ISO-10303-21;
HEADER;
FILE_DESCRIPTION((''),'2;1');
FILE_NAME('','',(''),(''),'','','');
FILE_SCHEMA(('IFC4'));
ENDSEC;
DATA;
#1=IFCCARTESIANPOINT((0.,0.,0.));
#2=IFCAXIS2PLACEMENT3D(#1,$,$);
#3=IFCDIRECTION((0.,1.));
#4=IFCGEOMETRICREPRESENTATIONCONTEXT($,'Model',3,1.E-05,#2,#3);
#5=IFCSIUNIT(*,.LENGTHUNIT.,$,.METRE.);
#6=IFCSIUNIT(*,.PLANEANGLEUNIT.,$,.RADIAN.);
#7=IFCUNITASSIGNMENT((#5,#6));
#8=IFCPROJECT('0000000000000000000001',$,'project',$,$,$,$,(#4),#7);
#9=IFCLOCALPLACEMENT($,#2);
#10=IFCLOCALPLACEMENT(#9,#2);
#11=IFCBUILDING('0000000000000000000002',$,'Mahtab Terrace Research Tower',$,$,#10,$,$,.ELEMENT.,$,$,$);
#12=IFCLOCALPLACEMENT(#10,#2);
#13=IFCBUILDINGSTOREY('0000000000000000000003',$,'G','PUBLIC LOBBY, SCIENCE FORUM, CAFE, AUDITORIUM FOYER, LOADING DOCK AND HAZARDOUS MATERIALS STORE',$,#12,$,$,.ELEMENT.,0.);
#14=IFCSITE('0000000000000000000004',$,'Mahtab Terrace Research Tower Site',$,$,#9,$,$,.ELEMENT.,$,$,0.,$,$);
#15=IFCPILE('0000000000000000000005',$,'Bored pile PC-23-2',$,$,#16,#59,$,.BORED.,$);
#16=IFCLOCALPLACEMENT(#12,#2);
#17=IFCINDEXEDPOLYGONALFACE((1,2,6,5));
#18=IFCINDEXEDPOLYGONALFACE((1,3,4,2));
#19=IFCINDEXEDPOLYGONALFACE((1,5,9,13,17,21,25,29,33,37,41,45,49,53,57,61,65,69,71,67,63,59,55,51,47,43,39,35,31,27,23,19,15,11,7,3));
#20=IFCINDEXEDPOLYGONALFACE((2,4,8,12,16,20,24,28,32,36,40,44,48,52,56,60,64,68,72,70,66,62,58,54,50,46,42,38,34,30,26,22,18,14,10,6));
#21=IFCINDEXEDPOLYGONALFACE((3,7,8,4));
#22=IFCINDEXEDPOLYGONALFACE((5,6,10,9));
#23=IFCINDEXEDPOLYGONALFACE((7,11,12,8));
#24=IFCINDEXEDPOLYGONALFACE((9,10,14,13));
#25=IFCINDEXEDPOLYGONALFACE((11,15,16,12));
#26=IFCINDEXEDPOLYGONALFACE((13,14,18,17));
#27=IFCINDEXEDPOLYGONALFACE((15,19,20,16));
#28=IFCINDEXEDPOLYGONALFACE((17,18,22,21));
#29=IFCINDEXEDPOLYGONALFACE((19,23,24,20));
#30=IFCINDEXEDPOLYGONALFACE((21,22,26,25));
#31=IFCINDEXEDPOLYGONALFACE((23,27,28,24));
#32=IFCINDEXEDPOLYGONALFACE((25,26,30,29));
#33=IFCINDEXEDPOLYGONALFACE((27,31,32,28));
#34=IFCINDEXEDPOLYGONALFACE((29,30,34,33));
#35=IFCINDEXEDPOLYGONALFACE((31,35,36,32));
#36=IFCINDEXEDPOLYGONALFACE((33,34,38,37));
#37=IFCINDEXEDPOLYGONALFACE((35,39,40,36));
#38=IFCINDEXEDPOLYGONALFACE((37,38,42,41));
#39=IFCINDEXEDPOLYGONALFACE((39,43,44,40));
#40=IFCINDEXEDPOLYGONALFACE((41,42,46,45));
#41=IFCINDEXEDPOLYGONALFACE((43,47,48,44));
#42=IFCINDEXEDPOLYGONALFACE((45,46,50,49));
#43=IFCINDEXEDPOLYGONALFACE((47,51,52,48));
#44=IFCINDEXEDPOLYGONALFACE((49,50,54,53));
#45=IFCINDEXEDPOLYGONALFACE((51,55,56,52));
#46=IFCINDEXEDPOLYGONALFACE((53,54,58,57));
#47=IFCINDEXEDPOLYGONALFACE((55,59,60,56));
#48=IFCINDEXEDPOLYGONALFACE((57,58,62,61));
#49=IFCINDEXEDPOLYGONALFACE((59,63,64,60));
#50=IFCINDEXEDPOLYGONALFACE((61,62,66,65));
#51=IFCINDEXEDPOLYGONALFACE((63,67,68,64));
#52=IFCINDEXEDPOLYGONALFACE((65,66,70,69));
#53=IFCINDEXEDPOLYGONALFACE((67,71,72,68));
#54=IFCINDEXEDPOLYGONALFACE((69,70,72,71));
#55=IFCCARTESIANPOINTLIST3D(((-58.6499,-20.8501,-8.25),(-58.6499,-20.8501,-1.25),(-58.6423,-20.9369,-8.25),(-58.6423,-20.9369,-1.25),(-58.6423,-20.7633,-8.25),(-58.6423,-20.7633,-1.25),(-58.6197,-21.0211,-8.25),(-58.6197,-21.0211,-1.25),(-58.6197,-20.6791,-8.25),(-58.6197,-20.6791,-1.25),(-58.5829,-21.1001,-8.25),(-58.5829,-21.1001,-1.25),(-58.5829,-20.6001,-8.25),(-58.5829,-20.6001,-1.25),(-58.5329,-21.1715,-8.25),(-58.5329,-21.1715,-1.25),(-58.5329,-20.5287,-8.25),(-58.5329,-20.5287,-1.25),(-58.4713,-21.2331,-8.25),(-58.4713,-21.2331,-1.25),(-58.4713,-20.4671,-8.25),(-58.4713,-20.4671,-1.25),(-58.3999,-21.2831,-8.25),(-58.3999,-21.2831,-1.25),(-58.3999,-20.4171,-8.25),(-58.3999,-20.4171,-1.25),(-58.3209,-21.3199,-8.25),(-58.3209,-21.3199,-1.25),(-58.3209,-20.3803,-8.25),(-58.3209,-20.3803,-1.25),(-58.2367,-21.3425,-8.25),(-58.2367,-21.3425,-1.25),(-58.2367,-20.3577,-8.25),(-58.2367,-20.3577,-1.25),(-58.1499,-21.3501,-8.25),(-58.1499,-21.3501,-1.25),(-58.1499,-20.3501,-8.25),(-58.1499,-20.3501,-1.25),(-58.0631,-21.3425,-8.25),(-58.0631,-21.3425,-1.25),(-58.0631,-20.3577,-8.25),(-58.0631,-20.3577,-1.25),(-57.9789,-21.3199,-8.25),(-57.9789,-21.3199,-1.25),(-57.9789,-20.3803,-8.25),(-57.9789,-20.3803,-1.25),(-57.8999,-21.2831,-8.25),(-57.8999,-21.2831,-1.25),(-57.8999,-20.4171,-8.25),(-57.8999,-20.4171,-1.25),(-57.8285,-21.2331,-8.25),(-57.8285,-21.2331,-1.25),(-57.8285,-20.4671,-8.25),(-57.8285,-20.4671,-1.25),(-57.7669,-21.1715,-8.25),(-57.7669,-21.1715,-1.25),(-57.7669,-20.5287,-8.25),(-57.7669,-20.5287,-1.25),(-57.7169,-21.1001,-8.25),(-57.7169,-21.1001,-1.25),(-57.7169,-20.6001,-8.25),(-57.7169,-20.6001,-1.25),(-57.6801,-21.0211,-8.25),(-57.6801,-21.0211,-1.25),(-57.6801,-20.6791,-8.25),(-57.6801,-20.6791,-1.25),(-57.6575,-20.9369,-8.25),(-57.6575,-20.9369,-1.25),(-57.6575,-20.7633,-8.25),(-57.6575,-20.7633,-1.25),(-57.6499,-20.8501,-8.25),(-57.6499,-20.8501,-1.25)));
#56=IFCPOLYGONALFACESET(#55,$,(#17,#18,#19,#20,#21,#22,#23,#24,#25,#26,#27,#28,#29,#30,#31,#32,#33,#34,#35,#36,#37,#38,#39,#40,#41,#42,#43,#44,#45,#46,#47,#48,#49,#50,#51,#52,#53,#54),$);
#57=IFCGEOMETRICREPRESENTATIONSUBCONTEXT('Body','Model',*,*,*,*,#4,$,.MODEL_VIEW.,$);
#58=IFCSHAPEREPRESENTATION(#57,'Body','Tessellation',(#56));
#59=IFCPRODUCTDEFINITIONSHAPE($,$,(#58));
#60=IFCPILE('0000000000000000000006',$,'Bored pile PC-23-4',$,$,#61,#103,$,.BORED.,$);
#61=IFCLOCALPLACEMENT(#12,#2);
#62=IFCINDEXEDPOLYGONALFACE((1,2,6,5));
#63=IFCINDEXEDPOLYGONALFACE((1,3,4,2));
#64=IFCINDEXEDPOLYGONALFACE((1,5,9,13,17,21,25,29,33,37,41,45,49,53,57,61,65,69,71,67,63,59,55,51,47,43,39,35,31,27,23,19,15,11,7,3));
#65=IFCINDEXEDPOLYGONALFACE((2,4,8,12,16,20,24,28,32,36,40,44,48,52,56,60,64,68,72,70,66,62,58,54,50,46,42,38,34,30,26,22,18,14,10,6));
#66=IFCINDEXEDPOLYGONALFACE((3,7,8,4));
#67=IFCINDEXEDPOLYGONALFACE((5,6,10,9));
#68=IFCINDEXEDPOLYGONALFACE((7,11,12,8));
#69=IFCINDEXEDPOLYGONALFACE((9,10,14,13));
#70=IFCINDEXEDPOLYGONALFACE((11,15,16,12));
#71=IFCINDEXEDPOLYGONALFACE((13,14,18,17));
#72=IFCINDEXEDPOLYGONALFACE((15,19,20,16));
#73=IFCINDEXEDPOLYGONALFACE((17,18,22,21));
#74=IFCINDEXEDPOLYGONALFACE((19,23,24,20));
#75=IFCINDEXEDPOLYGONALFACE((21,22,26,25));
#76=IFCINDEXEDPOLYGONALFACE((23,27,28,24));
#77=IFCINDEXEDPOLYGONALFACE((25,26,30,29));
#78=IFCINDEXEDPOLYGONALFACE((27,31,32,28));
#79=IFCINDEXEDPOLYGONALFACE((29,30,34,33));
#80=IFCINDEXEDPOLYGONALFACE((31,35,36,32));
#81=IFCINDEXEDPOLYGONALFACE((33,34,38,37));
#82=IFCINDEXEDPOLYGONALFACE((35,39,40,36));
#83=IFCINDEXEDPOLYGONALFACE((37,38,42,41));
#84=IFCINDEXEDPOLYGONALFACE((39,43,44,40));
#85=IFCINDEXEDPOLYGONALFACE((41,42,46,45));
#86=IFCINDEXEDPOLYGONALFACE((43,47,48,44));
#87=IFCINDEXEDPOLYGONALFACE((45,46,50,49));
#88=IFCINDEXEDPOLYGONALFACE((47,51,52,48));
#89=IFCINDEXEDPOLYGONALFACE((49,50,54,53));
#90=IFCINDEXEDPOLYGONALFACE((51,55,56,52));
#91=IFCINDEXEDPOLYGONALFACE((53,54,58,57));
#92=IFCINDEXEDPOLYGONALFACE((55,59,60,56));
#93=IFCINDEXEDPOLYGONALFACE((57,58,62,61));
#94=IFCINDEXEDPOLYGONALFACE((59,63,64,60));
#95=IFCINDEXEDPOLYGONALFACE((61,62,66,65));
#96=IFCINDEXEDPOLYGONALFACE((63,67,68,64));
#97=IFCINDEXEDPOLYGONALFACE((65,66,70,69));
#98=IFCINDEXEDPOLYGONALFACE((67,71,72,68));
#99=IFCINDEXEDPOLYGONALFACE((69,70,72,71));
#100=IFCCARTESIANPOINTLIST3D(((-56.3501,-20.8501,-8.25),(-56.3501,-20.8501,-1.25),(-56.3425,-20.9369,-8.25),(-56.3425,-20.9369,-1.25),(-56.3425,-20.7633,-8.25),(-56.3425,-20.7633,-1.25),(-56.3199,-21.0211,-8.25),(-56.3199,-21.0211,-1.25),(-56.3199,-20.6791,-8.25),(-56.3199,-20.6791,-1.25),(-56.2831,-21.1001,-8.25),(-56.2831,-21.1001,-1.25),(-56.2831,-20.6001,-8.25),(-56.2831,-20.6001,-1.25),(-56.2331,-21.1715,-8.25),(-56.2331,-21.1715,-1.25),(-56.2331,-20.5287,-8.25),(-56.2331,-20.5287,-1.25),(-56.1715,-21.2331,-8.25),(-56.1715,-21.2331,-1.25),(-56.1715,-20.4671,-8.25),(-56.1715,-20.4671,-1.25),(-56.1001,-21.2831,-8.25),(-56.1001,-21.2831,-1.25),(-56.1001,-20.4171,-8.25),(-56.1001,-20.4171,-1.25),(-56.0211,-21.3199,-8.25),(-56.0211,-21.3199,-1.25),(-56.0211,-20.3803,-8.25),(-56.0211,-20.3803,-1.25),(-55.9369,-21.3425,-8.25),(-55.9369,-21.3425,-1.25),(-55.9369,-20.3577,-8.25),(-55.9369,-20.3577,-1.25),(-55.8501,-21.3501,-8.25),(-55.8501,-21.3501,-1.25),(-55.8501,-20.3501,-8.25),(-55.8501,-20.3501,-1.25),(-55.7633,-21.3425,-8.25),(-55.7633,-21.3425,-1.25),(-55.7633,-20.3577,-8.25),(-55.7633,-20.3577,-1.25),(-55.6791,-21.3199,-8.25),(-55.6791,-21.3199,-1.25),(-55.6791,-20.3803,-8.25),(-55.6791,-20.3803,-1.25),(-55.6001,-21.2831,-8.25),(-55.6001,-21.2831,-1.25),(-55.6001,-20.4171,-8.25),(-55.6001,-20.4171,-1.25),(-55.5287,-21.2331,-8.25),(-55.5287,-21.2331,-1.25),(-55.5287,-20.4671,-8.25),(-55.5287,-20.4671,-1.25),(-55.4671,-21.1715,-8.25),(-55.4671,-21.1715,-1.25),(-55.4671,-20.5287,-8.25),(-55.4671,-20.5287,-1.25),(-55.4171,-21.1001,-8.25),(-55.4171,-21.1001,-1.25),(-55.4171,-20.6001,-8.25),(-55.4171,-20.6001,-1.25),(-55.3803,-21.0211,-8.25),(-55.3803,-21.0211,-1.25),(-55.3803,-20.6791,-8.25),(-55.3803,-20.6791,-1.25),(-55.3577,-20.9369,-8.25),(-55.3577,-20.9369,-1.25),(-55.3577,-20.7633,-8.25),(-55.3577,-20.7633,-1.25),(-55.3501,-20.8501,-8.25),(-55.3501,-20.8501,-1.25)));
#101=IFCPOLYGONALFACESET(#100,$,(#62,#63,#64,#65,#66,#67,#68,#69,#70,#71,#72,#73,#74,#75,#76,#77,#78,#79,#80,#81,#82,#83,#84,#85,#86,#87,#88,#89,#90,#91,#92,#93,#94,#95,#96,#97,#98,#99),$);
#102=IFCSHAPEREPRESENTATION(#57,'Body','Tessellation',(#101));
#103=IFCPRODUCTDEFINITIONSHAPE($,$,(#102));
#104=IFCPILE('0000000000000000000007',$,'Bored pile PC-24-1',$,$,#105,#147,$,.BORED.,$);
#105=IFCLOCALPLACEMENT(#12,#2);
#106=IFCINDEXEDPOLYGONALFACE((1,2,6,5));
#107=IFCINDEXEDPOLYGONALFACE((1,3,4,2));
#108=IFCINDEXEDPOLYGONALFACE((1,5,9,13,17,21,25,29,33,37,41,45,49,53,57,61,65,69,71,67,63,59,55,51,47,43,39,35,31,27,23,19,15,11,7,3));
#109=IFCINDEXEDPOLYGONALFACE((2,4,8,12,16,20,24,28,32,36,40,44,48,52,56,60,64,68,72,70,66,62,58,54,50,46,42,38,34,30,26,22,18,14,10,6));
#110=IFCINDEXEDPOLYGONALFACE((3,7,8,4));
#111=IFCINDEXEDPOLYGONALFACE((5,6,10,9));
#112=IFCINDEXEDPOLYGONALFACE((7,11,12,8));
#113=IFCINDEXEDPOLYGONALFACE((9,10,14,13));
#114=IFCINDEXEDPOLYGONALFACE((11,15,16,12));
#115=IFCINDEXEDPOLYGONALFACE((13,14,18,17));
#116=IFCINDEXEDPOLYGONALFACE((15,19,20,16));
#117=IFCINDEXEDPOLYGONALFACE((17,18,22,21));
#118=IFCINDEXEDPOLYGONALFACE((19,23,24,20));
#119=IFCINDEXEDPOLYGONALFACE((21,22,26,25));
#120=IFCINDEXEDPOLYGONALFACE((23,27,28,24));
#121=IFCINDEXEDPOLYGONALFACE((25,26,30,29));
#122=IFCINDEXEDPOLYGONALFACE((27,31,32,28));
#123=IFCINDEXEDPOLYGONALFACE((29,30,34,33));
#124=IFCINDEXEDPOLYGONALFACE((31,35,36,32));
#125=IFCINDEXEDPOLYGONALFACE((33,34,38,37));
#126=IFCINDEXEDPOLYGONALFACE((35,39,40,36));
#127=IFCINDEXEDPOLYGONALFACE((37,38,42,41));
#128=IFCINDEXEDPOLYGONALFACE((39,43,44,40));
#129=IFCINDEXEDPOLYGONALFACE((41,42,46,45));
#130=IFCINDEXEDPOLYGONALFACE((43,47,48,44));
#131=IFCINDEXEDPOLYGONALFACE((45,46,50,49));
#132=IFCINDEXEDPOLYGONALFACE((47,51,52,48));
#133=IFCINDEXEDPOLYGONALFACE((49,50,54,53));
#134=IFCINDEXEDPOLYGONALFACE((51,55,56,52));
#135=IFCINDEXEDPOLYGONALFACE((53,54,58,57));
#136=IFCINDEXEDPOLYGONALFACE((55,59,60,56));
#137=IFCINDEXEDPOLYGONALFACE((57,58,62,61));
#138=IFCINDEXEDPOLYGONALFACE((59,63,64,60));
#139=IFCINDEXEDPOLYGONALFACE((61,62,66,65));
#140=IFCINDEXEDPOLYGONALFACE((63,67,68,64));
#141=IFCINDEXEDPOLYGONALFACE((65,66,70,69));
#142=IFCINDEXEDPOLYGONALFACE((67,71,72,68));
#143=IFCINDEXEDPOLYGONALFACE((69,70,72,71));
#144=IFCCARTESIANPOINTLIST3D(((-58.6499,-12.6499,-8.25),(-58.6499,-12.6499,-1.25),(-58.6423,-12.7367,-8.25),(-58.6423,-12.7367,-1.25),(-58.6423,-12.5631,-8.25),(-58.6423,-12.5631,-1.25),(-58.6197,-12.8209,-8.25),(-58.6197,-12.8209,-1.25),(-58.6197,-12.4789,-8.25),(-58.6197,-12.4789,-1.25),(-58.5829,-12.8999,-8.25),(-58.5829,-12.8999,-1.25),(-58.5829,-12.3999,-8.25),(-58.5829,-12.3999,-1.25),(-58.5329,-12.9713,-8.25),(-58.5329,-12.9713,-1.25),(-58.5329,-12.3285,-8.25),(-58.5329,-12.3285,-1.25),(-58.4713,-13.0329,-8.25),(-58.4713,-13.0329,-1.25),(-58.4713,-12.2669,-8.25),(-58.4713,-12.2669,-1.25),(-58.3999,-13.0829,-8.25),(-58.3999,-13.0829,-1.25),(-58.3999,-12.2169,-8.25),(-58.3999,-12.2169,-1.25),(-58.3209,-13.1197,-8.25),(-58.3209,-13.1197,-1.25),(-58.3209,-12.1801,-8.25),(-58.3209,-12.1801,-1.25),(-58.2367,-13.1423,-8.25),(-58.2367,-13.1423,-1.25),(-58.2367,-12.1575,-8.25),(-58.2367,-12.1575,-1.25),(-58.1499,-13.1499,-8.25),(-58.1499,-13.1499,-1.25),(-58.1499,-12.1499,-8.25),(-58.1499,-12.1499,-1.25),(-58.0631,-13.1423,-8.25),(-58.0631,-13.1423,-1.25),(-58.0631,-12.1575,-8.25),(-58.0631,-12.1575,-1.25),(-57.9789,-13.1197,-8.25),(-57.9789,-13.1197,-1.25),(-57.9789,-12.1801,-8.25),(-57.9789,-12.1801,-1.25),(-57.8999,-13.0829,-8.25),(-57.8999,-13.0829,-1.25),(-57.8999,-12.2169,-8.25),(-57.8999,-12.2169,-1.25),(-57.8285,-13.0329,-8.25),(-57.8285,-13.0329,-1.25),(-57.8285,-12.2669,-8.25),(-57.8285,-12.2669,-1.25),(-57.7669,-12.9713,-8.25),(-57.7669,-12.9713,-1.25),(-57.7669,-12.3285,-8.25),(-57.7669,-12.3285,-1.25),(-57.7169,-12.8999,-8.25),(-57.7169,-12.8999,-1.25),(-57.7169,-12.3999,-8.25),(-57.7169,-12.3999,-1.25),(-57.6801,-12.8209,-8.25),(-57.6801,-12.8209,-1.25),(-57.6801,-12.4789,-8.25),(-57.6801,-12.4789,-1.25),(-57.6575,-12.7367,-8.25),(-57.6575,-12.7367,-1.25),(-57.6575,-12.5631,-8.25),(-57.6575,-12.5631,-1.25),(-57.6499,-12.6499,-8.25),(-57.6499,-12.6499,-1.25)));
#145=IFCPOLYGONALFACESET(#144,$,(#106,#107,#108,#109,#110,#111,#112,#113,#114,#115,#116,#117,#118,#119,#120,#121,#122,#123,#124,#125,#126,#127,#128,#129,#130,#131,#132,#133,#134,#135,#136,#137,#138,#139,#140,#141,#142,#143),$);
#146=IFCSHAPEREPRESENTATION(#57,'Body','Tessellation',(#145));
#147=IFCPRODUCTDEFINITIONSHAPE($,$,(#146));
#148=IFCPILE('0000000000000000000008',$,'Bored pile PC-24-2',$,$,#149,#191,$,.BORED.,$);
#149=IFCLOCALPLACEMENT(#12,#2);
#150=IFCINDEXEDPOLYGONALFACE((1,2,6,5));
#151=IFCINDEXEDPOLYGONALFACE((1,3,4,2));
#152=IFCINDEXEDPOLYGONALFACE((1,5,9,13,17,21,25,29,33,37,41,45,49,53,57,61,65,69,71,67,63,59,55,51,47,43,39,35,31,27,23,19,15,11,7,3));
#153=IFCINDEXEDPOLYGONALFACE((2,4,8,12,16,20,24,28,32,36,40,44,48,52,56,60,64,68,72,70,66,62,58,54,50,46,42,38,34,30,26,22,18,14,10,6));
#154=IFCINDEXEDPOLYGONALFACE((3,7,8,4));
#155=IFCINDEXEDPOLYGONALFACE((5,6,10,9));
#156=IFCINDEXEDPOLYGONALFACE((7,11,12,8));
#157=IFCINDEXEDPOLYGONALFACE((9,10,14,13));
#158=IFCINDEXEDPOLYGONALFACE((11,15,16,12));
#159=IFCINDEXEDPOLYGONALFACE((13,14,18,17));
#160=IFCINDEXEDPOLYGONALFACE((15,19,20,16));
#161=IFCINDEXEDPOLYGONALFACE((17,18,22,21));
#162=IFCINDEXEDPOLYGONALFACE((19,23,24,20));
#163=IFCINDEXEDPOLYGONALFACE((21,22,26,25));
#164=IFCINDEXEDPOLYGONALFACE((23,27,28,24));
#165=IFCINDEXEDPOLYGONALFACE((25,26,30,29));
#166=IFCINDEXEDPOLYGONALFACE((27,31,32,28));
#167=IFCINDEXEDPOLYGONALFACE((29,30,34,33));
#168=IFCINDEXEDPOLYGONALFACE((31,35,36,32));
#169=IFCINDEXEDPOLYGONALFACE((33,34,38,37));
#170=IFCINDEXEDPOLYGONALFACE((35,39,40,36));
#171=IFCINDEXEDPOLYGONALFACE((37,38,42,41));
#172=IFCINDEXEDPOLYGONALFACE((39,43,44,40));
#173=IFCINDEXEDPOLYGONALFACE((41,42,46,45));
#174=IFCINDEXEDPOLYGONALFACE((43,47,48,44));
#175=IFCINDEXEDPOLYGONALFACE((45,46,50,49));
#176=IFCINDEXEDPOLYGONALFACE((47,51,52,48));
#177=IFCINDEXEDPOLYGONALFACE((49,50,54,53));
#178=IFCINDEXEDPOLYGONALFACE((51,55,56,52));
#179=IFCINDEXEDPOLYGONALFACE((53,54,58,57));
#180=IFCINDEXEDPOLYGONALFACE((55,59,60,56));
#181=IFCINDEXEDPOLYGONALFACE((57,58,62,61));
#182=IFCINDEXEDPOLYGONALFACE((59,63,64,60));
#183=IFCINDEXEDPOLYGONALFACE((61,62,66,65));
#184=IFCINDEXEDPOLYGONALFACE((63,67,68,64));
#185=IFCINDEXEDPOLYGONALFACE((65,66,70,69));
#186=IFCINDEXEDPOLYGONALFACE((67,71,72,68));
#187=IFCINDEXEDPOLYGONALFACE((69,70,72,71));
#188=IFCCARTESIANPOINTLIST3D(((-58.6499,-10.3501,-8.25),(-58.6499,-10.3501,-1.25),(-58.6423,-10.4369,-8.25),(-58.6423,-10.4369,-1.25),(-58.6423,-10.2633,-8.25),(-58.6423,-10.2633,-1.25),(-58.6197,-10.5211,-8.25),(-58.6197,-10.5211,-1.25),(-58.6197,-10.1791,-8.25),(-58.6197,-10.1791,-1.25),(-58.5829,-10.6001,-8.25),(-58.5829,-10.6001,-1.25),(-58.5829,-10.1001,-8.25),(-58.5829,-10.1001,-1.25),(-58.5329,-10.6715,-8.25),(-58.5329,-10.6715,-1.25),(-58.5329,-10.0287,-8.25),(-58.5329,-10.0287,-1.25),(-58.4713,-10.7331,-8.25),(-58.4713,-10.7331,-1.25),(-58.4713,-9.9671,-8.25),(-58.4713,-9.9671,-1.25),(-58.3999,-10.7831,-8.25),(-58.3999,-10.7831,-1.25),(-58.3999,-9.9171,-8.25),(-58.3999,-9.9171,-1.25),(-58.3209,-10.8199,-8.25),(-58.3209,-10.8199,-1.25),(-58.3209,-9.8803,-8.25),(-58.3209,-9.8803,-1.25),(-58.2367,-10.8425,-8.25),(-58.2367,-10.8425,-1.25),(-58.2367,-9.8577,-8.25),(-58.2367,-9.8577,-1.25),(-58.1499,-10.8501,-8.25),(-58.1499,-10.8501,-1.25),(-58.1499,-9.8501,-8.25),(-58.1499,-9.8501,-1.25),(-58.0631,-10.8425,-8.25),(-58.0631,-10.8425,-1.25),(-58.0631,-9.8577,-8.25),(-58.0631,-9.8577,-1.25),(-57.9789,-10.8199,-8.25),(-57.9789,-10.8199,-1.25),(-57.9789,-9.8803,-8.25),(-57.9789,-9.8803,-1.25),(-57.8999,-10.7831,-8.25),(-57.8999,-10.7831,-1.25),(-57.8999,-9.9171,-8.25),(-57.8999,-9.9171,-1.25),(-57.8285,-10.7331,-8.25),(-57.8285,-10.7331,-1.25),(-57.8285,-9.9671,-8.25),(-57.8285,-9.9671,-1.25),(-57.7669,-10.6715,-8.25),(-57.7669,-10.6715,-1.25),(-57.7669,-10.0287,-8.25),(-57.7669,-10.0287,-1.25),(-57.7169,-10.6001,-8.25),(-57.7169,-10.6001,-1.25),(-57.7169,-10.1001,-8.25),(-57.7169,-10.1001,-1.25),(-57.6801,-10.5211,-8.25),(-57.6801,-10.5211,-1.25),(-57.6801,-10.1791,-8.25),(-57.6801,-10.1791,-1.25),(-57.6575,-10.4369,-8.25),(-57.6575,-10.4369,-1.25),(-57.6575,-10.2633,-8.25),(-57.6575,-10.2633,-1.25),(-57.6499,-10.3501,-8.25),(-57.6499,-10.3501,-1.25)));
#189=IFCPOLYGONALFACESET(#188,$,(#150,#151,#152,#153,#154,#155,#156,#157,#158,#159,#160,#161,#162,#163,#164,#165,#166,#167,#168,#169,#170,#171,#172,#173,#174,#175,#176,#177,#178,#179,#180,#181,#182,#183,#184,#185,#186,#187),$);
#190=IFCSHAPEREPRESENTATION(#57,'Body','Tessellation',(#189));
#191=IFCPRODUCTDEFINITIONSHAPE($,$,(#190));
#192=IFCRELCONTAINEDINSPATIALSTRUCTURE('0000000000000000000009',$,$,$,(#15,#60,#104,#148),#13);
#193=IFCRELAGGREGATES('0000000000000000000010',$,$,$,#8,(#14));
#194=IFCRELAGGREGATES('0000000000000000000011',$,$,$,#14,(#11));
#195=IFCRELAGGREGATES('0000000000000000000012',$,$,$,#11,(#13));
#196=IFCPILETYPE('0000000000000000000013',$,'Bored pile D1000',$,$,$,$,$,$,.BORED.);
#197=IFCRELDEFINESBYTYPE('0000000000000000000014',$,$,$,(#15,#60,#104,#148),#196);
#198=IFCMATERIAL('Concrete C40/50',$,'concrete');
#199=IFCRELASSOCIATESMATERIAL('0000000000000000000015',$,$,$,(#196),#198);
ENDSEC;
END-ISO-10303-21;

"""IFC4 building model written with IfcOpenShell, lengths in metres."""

from ifc_helpers import new_model, si_unit, direction, frame, origin, origin_2d, place, context, subcontext, project, spatial, circle, extrude, material, material_profile, profile_set, type_object, element, save


model = new_model("IFC4")

# Units and contexts
model_context = context("Model", 3, precision=1e-05, world=origin(), true_north=direction((0.0, 1.0)))
body_context = subcontext(model_context, "Body", "Model", "MODEL_VIEW")
ifc_project = project(units=[si_unit("LENGTHUNIT", "METRE"), si_unit("PLANEANGLEUNIT", "RADIAN")], contexts=[model_context])

# Site, building, storey
site_placement = place(None, origin())
site = spatial("IfcSite", under=ifc_project, at=site_placement, Name="Mahtab Terrace Research Tower Site", CompositionType="ELEMENT", RefElevation=0.0)
building_placement = place(site_placement, origin())
building = spatial("IfcBuilding", under=site, at=building_placement, Name="Mahtab Terrace Research Tower", CompositionType="ELEMENT")
storey_placement = place(building_placement, origin())
storey = spatial("IfcBuildingStorey", under=building, at=storey_placement, Name="G", Description="PUBLIC LOBBY, SCIENCE FORUM, CAFE, AUDITORIUM FOYER, LOADING DOCK AND HAZARDOUS MATERIALS STORE", CompositionType="ELEMENT", Elevation=0.0)

# Piles
ifc_material_1 = material(Name="Concrete C40/50", Category="concrete")
ifc_material_profile_1 = material_profile(ifc_material_1, circle(Radius=0.5, at=origin_2d()), Name="Bored pile D1000")
ifc_profile_set_1 = profile_set([ifc_material_profile_1], Name="Concrete C40/50")
pile_type_1 = type_object("IfcPileType", Name="Bored pile D1000", PredefinedType="BORED", material=ifc_profile_set_1)
for number, where, z_axis, x_axis, name in (
    (1, (-58.1499, -20.8501, -1.25), (0.0, 0.0, -1.0), (1.0, 0.0, 0.0), "Bored pile PC-23-2"),
    (2, (-55.8501, -20.8501, -1.25), (0.0, 0.0, -1.0), (1.0, 0.0, 0.0), "Bored pile PC-23-4"),
    (3, (-58.1499, -12.6499, -1.25), (0.0, 0.0, -1.0), (1.0, 0.0, 0.0), "Bored pile PC-24-1"),
    (4, (-58.1499, -10.3501, -1.25), (0.0, 0.0, -1.0), (1.0, 0.0, 0.0), "Bored pile PC-24-2"),
):
    element("IfcPile", number, at=place(storey_placement, frame(where, z_axis=z_axis, x_axis=x_axis)), inside=storey, type_object=pile_type_1, Name=name, PredefinedType="BORED", context=body_context, shape_type="SweptSolid", body=[
        extrude(circle(Radius=0.5, at=origin_2d()), origin(), (0.0, 0.0, 1.0), 7.0),
    ])

save(model, "model.ifc")
